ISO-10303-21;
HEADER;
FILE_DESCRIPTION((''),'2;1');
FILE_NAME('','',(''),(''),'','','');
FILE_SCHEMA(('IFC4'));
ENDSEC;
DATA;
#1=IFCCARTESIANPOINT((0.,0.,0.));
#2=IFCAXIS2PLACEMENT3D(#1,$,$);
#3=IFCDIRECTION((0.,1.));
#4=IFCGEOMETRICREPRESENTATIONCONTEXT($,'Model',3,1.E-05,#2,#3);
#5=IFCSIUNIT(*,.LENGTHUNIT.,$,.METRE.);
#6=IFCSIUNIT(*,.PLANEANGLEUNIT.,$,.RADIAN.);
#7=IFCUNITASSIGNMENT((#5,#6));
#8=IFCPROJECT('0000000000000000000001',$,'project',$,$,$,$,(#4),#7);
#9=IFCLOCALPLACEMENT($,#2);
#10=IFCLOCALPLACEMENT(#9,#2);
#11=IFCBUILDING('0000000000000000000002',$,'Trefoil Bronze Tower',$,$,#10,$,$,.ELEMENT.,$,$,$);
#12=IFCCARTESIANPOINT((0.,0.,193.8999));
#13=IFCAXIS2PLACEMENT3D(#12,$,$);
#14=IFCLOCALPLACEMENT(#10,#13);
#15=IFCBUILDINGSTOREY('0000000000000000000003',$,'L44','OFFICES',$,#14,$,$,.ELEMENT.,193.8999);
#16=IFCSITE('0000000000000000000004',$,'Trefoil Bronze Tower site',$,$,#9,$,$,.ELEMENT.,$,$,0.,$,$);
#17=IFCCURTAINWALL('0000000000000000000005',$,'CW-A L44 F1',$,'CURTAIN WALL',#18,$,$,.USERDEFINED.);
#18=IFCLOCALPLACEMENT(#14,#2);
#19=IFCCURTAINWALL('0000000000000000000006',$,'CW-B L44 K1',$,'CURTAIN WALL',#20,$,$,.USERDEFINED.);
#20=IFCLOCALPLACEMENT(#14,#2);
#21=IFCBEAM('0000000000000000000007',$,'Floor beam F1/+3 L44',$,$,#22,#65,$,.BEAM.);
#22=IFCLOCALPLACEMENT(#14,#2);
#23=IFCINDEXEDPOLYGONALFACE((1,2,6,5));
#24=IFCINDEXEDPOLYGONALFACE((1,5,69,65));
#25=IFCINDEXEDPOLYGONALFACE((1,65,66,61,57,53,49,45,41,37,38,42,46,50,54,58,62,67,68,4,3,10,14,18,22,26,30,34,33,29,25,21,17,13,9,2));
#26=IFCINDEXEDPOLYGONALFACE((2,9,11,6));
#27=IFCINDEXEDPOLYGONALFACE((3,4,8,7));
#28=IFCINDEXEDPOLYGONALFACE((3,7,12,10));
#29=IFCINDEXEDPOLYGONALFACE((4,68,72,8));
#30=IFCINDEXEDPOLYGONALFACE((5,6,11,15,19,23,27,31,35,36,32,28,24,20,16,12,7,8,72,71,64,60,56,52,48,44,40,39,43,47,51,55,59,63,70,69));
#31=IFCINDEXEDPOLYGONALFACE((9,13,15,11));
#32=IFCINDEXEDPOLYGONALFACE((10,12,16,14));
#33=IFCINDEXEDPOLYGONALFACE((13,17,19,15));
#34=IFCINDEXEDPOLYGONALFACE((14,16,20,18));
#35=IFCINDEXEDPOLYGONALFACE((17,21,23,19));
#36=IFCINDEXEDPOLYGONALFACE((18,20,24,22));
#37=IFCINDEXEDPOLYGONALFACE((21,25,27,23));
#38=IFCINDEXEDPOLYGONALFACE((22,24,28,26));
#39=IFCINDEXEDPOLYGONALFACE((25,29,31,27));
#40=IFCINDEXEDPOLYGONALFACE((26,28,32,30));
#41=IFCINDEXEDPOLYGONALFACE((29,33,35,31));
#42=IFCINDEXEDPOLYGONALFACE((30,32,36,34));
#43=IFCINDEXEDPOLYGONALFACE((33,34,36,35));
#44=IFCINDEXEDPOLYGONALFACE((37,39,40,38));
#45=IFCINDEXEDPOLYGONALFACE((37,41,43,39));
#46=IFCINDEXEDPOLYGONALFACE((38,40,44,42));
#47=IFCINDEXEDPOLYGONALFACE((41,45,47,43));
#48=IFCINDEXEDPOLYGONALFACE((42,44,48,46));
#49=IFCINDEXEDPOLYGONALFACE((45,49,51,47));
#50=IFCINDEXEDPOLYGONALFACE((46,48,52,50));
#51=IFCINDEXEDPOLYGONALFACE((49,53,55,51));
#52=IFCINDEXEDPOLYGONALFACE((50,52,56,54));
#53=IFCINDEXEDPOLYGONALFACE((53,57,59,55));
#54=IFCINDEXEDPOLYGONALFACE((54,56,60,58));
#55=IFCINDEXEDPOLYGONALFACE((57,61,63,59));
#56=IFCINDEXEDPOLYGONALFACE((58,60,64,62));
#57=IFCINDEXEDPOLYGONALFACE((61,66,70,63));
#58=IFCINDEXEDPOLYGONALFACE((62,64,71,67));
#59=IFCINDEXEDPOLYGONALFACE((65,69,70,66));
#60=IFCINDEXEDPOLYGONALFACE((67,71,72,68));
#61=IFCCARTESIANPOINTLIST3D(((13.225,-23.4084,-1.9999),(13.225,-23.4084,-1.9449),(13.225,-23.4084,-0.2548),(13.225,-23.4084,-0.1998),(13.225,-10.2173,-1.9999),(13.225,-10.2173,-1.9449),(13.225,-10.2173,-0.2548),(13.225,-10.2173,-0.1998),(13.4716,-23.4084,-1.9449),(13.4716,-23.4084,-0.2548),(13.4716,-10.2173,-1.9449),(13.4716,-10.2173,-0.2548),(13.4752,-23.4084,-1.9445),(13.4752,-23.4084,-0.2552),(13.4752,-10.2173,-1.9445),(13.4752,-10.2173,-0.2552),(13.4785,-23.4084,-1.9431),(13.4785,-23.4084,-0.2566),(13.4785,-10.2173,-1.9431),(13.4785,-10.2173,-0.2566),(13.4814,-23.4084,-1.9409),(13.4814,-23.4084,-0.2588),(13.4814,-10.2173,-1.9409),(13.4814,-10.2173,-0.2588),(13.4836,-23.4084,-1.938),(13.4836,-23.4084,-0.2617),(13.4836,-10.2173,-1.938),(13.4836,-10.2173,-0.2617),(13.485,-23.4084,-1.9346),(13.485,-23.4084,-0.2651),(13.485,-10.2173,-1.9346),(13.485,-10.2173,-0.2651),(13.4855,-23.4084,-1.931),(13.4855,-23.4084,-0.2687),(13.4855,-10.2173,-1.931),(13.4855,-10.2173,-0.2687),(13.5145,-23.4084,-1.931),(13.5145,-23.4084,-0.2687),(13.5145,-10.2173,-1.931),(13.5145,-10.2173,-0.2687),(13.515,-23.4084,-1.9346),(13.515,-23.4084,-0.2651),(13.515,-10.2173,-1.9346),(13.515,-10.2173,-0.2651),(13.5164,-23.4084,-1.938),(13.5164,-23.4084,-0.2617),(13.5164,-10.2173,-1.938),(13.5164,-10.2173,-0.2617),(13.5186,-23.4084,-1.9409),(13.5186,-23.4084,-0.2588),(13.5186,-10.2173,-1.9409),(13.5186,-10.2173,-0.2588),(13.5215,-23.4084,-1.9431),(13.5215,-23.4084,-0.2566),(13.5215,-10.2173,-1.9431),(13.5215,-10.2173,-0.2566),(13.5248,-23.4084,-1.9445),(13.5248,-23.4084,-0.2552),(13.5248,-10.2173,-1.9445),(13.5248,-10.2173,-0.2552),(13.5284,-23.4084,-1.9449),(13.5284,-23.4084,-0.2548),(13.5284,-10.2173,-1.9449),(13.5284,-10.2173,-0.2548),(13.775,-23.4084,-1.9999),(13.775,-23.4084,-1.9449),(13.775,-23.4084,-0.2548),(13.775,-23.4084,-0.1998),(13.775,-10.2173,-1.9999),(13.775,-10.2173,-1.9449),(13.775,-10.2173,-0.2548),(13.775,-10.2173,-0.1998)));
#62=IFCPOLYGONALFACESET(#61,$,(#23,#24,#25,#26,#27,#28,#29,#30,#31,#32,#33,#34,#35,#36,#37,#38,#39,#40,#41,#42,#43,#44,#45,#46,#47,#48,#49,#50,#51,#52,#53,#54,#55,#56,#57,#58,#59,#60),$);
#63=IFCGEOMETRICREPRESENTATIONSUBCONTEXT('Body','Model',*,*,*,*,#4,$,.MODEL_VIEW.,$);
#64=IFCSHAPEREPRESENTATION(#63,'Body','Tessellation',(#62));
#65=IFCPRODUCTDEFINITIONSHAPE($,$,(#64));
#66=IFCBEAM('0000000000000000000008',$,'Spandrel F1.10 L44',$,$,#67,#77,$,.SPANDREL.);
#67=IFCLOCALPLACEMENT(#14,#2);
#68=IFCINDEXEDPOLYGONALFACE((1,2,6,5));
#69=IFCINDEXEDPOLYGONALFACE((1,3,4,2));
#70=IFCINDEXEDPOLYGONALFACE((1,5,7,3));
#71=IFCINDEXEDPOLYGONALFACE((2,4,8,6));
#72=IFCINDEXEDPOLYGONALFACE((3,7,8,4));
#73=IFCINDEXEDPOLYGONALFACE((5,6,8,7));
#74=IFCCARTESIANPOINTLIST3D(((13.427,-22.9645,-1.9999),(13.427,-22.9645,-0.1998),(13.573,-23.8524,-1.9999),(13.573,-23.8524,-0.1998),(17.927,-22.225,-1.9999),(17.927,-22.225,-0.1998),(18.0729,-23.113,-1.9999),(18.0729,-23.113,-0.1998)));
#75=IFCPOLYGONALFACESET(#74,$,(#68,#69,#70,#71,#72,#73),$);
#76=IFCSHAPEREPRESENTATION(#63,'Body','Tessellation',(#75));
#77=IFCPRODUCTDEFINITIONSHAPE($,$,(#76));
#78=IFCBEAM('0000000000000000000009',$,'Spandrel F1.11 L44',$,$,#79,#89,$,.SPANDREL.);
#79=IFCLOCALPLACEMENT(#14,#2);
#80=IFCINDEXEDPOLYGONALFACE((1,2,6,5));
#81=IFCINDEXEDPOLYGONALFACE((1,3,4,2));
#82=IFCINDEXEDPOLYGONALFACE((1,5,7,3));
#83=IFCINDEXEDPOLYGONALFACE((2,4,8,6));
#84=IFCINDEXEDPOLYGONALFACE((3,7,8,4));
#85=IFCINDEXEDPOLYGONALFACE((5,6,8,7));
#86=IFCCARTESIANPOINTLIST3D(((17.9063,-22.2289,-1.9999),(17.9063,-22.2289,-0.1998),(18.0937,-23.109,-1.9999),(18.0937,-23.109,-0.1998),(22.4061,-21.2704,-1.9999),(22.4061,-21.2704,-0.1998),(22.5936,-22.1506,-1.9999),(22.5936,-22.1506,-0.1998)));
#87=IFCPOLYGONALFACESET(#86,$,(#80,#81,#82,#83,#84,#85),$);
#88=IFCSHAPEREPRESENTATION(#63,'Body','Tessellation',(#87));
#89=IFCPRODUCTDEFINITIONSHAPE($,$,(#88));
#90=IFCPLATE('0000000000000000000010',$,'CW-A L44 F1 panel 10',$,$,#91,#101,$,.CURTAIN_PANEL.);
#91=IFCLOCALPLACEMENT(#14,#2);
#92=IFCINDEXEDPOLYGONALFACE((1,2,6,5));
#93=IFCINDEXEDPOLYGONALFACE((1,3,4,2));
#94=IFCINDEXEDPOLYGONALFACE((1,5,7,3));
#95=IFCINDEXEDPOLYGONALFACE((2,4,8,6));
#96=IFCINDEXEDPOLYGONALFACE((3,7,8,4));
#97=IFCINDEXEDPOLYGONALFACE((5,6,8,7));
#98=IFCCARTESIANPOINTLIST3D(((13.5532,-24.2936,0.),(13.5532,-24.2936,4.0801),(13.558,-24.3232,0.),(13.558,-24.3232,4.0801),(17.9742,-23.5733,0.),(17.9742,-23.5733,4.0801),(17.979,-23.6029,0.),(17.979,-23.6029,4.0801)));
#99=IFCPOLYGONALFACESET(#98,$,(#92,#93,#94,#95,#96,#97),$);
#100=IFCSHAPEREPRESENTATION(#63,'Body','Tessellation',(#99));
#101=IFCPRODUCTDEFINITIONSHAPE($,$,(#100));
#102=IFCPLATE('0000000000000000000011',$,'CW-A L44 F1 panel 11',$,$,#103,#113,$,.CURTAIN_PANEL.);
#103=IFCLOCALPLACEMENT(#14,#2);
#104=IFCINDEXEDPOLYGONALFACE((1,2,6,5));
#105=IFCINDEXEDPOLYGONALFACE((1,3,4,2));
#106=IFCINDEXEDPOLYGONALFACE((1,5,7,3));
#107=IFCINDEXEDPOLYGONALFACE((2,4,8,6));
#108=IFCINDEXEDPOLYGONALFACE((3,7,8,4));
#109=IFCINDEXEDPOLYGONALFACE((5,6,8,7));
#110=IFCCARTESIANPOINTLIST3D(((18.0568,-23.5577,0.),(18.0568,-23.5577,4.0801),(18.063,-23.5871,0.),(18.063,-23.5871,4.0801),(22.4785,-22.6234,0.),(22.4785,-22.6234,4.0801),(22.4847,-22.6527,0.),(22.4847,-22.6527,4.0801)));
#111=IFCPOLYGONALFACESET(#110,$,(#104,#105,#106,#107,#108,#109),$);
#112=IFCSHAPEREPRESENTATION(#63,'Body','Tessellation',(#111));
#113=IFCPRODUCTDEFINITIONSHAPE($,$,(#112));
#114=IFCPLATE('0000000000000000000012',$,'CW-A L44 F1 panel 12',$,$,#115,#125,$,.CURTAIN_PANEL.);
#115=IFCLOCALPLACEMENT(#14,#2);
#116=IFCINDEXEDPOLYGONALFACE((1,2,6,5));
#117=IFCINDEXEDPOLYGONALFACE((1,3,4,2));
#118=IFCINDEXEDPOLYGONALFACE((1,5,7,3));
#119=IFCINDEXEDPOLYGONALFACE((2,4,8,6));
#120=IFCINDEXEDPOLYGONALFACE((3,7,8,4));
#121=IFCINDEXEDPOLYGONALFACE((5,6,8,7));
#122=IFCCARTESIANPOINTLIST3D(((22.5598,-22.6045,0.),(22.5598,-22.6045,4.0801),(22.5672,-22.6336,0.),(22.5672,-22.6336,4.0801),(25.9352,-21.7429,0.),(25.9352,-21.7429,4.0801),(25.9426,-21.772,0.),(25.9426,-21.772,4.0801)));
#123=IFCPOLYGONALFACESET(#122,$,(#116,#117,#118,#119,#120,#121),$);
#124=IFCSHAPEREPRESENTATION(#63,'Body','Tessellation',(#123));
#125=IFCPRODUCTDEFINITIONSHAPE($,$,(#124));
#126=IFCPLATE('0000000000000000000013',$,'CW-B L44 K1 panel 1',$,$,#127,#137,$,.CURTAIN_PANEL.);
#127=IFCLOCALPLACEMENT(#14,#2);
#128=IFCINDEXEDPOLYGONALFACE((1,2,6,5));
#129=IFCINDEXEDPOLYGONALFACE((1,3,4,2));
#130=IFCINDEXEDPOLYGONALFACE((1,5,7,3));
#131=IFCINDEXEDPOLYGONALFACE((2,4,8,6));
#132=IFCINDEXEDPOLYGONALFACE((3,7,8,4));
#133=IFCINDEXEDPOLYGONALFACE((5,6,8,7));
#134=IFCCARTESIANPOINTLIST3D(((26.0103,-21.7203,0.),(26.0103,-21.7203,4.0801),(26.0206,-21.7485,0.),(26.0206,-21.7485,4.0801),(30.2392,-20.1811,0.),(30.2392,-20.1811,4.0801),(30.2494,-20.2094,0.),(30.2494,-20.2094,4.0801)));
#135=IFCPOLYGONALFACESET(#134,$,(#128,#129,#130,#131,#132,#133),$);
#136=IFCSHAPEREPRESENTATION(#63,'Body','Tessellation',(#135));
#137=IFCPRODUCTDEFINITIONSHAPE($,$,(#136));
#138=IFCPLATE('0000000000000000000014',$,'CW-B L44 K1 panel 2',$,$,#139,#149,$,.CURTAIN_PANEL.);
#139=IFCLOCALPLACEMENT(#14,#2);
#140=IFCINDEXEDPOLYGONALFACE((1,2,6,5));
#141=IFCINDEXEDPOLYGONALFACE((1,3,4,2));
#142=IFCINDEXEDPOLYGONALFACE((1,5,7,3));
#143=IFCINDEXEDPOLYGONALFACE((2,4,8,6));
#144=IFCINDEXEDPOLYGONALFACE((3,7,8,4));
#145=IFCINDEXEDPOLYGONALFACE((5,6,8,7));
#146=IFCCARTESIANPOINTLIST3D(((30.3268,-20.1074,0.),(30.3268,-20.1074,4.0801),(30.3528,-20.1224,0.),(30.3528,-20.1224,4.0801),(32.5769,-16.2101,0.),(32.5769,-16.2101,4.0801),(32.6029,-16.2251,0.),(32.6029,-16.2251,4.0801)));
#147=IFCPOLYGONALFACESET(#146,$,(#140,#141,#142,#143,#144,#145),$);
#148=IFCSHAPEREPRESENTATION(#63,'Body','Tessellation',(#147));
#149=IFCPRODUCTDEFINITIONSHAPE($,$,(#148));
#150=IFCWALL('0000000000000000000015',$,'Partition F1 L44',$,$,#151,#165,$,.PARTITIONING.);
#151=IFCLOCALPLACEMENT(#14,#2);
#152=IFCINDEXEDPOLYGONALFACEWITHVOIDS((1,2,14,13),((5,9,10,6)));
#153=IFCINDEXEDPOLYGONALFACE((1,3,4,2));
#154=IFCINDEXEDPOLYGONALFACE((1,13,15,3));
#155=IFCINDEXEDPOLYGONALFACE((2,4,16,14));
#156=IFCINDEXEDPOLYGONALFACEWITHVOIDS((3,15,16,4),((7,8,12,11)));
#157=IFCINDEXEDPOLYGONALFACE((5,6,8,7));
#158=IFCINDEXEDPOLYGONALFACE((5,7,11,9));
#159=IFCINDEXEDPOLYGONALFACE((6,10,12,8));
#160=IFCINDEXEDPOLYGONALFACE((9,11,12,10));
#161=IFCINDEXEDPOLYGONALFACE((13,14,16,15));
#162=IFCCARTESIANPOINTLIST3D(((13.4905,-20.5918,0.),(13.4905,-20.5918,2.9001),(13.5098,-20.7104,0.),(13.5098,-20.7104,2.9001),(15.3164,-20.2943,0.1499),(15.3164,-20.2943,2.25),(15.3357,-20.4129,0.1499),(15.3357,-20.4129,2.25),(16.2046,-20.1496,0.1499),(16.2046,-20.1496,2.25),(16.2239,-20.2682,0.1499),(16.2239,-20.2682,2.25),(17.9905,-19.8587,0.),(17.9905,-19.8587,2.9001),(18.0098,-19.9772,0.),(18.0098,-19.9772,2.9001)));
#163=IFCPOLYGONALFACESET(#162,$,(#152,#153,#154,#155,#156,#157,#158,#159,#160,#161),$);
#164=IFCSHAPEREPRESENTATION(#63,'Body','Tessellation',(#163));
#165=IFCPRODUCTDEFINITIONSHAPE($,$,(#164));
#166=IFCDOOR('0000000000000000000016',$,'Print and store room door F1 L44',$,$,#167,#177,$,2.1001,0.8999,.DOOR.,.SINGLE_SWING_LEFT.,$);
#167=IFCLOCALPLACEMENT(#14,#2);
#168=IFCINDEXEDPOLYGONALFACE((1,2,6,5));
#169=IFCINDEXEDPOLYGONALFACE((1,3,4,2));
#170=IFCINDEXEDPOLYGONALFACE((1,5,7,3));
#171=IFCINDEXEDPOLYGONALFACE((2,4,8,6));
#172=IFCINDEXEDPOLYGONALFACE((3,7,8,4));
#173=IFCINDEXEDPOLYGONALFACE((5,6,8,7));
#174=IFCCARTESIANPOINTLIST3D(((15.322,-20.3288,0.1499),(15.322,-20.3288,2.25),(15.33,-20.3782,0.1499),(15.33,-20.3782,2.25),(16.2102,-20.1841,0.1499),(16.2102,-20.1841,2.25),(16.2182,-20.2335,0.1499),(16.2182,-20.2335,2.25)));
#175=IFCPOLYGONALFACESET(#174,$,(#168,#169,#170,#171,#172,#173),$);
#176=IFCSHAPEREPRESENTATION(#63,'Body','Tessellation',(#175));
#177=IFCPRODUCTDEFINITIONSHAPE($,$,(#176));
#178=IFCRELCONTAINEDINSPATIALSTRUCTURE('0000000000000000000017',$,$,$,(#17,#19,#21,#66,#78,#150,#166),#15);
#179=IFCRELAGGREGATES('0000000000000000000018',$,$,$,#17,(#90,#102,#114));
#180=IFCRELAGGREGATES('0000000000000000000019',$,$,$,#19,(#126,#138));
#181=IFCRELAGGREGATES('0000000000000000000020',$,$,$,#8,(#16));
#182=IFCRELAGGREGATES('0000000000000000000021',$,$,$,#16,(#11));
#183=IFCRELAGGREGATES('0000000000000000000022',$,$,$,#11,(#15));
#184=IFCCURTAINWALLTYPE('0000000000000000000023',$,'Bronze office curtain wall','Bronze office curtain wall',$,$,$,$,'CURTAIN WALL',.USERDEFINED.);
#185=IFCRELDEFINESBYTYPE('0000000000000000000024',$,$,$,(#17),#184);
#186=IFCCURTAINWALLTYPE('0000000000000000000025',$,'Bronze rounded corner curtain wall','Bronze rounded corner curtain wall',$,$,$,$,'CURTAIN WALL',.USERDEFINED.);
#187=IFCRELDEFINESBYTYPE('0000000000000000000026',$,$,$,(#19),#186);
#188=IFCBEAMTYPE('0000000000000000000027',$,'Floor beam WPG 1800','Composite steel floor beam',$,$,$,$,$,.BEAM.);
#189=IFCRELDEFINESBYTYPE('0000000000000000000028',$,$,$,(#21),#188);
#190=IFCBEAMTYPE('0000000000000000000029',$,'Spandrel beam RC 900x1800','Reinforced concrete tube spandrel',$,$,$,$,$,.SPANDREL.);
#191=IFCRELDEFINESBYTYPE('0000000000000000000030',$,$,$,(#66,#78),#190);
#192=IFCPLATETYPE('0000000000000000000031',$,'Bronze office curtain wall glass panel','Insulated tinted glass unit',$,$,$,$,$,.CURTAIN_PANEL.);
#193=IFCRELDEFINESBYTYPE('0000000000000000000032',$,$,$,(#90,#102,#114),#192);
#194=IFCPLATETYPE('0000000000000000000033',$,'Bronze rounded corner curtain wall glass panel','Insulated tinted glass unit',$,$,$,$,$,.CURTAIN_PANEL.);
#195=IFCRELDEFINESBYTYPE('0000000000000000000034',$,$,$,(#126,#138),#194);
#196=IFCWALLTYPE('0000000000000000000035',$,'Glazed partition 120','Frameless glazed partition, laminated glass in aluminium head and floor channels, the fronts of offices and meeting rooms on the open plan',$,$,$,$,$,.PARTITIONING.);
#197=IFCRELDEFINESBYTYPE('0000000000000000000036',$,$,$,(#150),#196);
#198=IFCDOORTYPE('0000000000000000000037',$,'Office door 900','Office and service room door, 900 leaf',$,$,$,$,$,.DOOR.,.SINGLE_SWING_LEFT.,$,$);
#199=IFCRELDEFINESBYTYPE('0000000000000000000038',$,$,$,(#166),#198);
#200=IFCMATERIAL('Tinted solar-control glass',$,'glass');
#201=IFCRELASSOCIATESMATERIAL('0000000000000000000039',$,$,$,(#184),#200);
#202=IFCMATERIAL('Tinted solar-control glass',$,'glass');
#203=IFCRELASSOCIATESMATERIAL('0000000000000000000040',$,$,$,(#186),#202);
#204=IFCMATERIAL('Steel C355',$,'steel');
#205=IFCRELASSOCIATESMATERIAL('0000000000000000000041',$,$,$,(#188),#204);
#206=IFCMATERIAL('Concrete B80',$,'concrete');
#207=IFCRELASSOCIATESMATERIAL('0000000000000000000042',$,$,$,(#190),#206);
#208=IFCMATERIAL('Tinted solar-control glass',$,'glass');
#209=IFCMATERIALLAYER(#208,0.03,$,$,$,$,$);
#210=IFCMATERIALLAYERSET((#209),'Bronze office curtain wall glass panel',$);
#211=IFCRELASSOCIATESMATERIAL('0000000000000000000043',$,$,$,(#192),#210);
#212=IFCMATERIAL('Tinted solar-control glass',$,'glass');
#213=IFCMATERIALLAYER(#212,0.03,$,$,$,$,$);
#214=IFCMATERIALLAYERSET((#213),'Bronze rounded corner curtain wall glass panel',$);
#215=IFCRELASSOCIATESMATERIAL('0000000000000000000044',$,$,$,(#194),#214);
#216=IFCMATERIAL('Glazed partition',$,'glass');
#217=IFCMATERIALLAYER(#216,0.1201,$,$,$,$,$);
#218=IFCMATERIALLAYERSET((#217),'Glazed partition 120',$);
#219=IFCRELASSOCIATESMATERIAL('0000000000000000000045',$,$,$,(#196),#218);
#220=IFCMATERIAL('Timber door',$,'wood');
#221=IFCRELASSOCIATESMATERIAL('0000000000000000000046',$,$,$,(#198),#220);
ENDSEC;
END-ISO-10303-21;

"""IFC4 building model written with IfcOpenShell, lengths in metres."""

from ifc_helpers import new_model, si_unit, direction, frame, frame_2d, origin, origin_2d, place, context, subcontext, project, spatial, rectangle, i_section, extrude, material, layer, layer_set, material_profile, profile_set, type_object, element, fill, aggregate, save


model = new_model("IFC4")

# Units and contexts
model_context = context("Model", 3, precision=1e-05, world=origin(), true_north=direction((0.0, 1.0)))
body_context = subcontext(model_context, "Body", "Model", "MODEL_VIEW")
ifc_project = project(units=[si_unit("LENGTHUNIT", "METRE"), si_unit("PLANEANGLEUNIT", "RADIAN")], contexts=[model_context])

# Site, building, storey
site_placement = place(None, origin())
site = spatial("IfcSite", under=ifc_project, at=site_placement, Name="Trefoil Bronze Tower site", CompositionType="ELEMENT", RefElevation=0.0)
building_placement = place(site_placement, origin())
building = spatial("IfcBuilding", under=site, at=building_placement, Name="Trefoil Bronze Tower", CompositionType="ELEMENT")
storey_placement = place(building_placement, frame((0.0, 0.0, 193.8999)))
storey = spatial("IfcBuildingStorey", under=building, at=storey_placement, Name="L44", Description="OFFICES", CompositionType="ELEMENT", Elevation=193.8999)

# Curtain walls
ifc_material_1 = material(Name="Tinted solar-control glass", Category="glass")
curtain_wall_type_1 = type_object("IfcCurtainWallType", Name="Bronze office curtain wall", Description="Bronze office curtain wall", ElementType="CURTAIN WALL", PredefinedType="USERDEFINED", material=ifc_material_1)
curtain_wall_1_placement = place(storey_placement, origin())
curtain_wall_1 = element("IfcCurtainWall", 1, at=curtain_wall_1_placement, inside=storey, type_object=curtain_wall_type_1, Name="CW-A L44 F1", ObjectType="CURTAIN WALL", PredefinedType="USERDEFINED")
ifc_material_2 = material(Name="Tinted solar-control glass", Category="glass")
curtain_wall_type_2 = type_object("IfcCurtainWallType", Name="Bronze rounded corner curtain wall", Description="Bronze rounded corner curtain wall", ElementType="CURTAIN WALL", PredefinedType="USERDEFINED", material=ifc_material_2)
curtain_wall_2_placement = place(storey_placement, origin())
curtain_wall_2 = element("IfcCurtainWall", 2, at=curtain_wall_2_placement, inside=storey, type_object=curtain_wall_type_2, Name="CW-B L44 K1", ObjectType="CURTAIN WALL", PredefinedType="USERDEFINED")

# Beams
ifc_material_3 = material(Name="Steel C355", Category="steel")
ifc_material_profile_1 = material_profile(ifc_material_3, i_section(OverallWidth=0.55, OverallDepth=1.8, WebThickness=0.0291, FlangeThickness=0.0549, FilletRadius=0.0139, at=origin_2d()), Name="WPG 1800")
ifc_profile_set_1 = profile_set([ifc_material_profile_1], Name="Steel C355")
beam_type_1 = type_object("IfcBeamType", Name="Floor beam WPG 1800", Description="Composite steel floor beam", PredefinedType="BEAM", material=ifc_profile_set_1)
beam_1_placement = place(storey_placement, frame((13.5, -23.4084, -1.0999), z_axis=(0.0, 1.0, 0.0), x_axis=(-1.0, 0.0, 0.0)))
element("IfcBeam", 3, at=beam_1_placement, inside=storey, type_object=beam_type_1, Name="Floor beam F1/+3 L44", PredefinedType="BEAM", context=body_context, shape_type="SweptSolid", body=[
    extrude(i_section(OverallWidth=0.55, OverallDepth=1.8, WebThickness=0.0291, FlangeThickness=0.0549, FilletRadius=0.0139, at=origin_2d()), origin(), (0.0, 0.0, 1.0), 13.1912),
])
ifc_material_4 = material(Name="Concrete B80", Category="concrete")
ifc_material_profile_2 = material_profile(ifc_material_4, rectangle(XDim=0.8999, YDim=1.8, at=origin_2d()), Name="RC 900x1800")
ifc_profile_set_2 = profile_set([ifc_material_profile_2], Name="Concrete B80")
beam_type_2 = type_object("IfcBeamType", Name="Spandrel beam RC 900x1800", Description="Reinforced concrete tube spandrel", PredefinedType="SPANDREL", material=ifc_profile_set_2)
beam_2_placement = place(storey_placement, frame((13.5, -23.4084, -1.0999), z_axis=(0.986765, 0.162159, 0.0), x_axis=(-0.162159, 0.986765, 0.0)))
element("IfcBeam", 4, at=beam_2_placement, inside=storey, type_object=beam_type_2, Name="Spandrel F1.10 L44", PredefinedType="SPANDREL", context=body_context, shape_type="SweptSolid", body=[
    extrude(rectangle(XDim=0.8999, YDim=1.8, at=origin_2d()), origin(), (0.0, 0.0, 1.0), 4.5603),
])
beam_3_placement = place(storey_placement, frame((18.0, -22.6689, -1.0999), z_axis=(0.978059, 0.208326, 0.0), x_axis=(-0.208326, 0.978059, 0.0)))
element("IfcBeam", 5, at=beam_3_placement, inside=storey, type_object=beam_type_2, Name="Spandrel F1.11 L44", PredefinedType="SPANDREL", context=body_context, shape_type="SweptSolid", body=[
    extrude(rectangle(XDim=0.8999, YDim=1.8, at=origin_2d()), origin(), (0.0, 0.0, 1.0), 4.6008),
])

# Plates
ifc_material_5 = material(Name="Tinted solar-control glass", Category="glass")
ifc_layer_1 = layer(ifc_material_5, 0.03)
ifc_layer_set_1 = layer_set([ifc_layer_1], Name="Bronze office curtain wall glass panel")
plate_type_1 = type_object("IfcPlateType", Name="Bronze office curtain wall glass panel", Description="Insulated tinted glass unit", PredefinedType="CURTAIN_PANEL", material=ifc_layer_set_1)
plate_1_placement = place(storey_placement, frame((15.7661, -23.9482, 0.0), z_axis=(0.0, 0.0, 1.0), x_axis=(0.986987, 0.160803, 0.0)))
plate_1 = element("IfcPlate", 6, at=plate_1_placement, type_object=plate_type_1, Name="CW-A L44 F1 panel 10", PredefinedType="CURTAIN_PANEL", context=body_context, shape_type="SweptSolid", body=[
    extrude(rectangle(XDim=4.4792, YDim=0.03, at=origin_2d()), origin(), (0.0, 0.0, 1.0), 4.0801),
])
plate_2_placement = place(storey_placement, frame((20.2708, -23.1052, 0.0), z_axis=(0.0, 0.0, 1.0), x_axis=(0.978394, 0.206747, 0.0)))
plate_2 = element("IfcPlate", 7, at=plate_2_placement, type_object=plate_type_1, Name="CW-A L44 F1 panel 11", PredefinedType="CURTAIN_PANEL", context=body_context, shape_type="SweptSolid", body=[
    extrude(rectangle(XDim=4.5193, YDim=0.03, at=origin_2d()), origin(), (0.0, 0.0, 1.0), 4.0801),
])
plate_3_placement = place(storey_placement, frame((24.2512, -22.1882, 0.0), z_axis=(0.0, 0.0, 1.0), x_axis=(0.968934, 0.247319, 0.0)))
plate_3 = element("IfcPlate", 8, at=plate_3_placement, type_object=plate_type_1, Name="CW-A L44 F1 panel 12", PredefinedType="CURTAIN_PANEL", context=body_context, shape_type="SweptSolid", body=[
    extrude(rectangle(XDim=3.4836, YDim=0.03, at=origin_2d()), origin(), (0.0, 0.0, 1.0), 4.0801),
])
aggregate(curtain_wall_1, [plate_1, plate_2, plate_3])
ifc_material_6 = material(Name="Tinted solar-control glass", Category="glass")
ifc_layer_2 = layer(ifc_material_6, 0.03)
ifc_layer_set_2 = layer_set([ifc_layer_2], Name="Bronze rounded corner curtain wall glass panel")
plate_type_2 = type_object("IfcPlateType", Name="Bronze rounded corner curtain wall glass panel", Description="Insulated tinted glass unit", PredefinedType="CURTAIN_PANEL", material=ifc_layer_set_2)
plate_4_placement = place(storey_placement, frame((28.1299, -20.9648, 0.0), z_axis=(0.0, 0.0, 1.0), x_axis=(0.939693, 0.34202, 0.0)))
plate_4 = element("IfcPlate", 9, at=plate_4_placement, type_object=plate_type_2, Name="CW-B L44 K1 panel 1", PredefinedType="CURTAIN_PANEL", context=body_context, shape_type="SweptSolid", body=[
    extrude(rectangle(XDim=4.5002, YDim=0.03, at=origin_2d()), origin(), (0.0, 0.0, 1.0), 4.0801),
])
plate_5_placement = place(storey_placement, frame((31.4648, -18.1663, 0.0), z_axis=(0.0, 0.0, 1.0), x_axis=(0.5, 0.866025, 0.0)))
plate_5 = element("IfcPlate", 10, at=plate_5_placement, type_object=plate_type_2, Name="CW-B L44 K1 panel 2", PredefinedType="CURTAIN_PANEL", context=body_context, shape_type="SweptSolid", body=[
    extrude(rectangle(XDim=4.5002, YDim=0.03, at=origin_2d()), origin(), (0.0, 0.0, 1.0), 4.0801),
])
aggregate(curtain_wall_2, [plate_4, plate_5])

# Wall, opening, door
ifc_material_7 = material(Name="Glazed partition", Category="glass")
ifc_layer_3 = layer(ifc_material_7, 0.1201)
ifc_layer_set_3 = layer_set([ifc_layer_3], Name="Glazed partition 120")
wall_type_1 = type_object("IfcWallType", Name="Glazed partition 120", Description="Frameless glazed partition, laminated glass in aluminium head and floor channels, the fronts of offices and meeting rooms on the open plan", PredefinedType="PARTITIONING", material=ifc_layer_set_3)
wall_1_placement = place(storey_placement, frame((13.5, -20.6511, 0.0), z_axis=(0.0, 0.0, 1.0), x_axis=(0.986987, 0.160803, 0.0)))
wall_1 = element("IfcWall", 11, at=wall_1_placement, inside=storey, type_object=wall_type_1, Name="Partition F1 L44", PredefinedType="PARTITIONING", context=body_context, shape_type="SweptSolid", body=[
    extrude(rectangle(XDim=4.5593, YDim=0.1201, at=frame_2d((2.2798, 0.0))), origin(), (0.0, 0.0, 1.0), 2.9001),
])
opening_placement = place(wall_1_placement, frame((1.8501, 0.0, 0.1499)))
opening = element("IfcOpeningElement", 12, at=opening_placement, cuts=wall_1, PredefinedType="OPENING", context=body_context, shape_type="SweptSolid", body=[
    extrude(rectangle(XDim=0.8999, YDim=2.1001, at=frame_2d((0.45, 1.05))), frame((0.0, 0.0701, 0.0), z_axis=(0.0, -1.0, 0.0), x_axis=(1.0, 0.0, 0.0)), (0.0, 0.0, 1.0), 0.1401),
])
ifc_material_8 = material(Name="Timber door", Category="wood")
door_type = type_object("IfcDoorType", Name="Office door 900", Description="Office and service room door, 900 leaf", OperationType="SINGLE_SWING_LEFT", PredefinedType="DOOR", material=ifc_material_8)
door_placement = place(opening_placement, frame((0.8999, 0.0, 0.0), z_axis=(0.0, 0.0, 1.0), x_axis=(-1.0, 0.0, 0.0)))
door = element("IfcDoor", 13, at=door_placement, inside=storey, type_object=door_type, Name="Print and store room door F1 L44", OperationType="SINGLE_SWING_LEFT", OverallHeight=2.1001, OverallWidth=0.8999, PredefinedType="DOOR", context=body_context, shape_type="SweptSolid", body=[
    extrude(rectangle(XDim=0.8999, YDim=2.1001, at=frame_2d((0.45, 1.05))), frame((0.0, 0.0249, 0.0), z_axis=(0.0, -1.0, 0.0), x_axis=(1.0, 0.0, 0.0)), (0.0, 0.0, 1.0), 0.05),
])
fill(opening, door)

save(model, "model.ifc")
